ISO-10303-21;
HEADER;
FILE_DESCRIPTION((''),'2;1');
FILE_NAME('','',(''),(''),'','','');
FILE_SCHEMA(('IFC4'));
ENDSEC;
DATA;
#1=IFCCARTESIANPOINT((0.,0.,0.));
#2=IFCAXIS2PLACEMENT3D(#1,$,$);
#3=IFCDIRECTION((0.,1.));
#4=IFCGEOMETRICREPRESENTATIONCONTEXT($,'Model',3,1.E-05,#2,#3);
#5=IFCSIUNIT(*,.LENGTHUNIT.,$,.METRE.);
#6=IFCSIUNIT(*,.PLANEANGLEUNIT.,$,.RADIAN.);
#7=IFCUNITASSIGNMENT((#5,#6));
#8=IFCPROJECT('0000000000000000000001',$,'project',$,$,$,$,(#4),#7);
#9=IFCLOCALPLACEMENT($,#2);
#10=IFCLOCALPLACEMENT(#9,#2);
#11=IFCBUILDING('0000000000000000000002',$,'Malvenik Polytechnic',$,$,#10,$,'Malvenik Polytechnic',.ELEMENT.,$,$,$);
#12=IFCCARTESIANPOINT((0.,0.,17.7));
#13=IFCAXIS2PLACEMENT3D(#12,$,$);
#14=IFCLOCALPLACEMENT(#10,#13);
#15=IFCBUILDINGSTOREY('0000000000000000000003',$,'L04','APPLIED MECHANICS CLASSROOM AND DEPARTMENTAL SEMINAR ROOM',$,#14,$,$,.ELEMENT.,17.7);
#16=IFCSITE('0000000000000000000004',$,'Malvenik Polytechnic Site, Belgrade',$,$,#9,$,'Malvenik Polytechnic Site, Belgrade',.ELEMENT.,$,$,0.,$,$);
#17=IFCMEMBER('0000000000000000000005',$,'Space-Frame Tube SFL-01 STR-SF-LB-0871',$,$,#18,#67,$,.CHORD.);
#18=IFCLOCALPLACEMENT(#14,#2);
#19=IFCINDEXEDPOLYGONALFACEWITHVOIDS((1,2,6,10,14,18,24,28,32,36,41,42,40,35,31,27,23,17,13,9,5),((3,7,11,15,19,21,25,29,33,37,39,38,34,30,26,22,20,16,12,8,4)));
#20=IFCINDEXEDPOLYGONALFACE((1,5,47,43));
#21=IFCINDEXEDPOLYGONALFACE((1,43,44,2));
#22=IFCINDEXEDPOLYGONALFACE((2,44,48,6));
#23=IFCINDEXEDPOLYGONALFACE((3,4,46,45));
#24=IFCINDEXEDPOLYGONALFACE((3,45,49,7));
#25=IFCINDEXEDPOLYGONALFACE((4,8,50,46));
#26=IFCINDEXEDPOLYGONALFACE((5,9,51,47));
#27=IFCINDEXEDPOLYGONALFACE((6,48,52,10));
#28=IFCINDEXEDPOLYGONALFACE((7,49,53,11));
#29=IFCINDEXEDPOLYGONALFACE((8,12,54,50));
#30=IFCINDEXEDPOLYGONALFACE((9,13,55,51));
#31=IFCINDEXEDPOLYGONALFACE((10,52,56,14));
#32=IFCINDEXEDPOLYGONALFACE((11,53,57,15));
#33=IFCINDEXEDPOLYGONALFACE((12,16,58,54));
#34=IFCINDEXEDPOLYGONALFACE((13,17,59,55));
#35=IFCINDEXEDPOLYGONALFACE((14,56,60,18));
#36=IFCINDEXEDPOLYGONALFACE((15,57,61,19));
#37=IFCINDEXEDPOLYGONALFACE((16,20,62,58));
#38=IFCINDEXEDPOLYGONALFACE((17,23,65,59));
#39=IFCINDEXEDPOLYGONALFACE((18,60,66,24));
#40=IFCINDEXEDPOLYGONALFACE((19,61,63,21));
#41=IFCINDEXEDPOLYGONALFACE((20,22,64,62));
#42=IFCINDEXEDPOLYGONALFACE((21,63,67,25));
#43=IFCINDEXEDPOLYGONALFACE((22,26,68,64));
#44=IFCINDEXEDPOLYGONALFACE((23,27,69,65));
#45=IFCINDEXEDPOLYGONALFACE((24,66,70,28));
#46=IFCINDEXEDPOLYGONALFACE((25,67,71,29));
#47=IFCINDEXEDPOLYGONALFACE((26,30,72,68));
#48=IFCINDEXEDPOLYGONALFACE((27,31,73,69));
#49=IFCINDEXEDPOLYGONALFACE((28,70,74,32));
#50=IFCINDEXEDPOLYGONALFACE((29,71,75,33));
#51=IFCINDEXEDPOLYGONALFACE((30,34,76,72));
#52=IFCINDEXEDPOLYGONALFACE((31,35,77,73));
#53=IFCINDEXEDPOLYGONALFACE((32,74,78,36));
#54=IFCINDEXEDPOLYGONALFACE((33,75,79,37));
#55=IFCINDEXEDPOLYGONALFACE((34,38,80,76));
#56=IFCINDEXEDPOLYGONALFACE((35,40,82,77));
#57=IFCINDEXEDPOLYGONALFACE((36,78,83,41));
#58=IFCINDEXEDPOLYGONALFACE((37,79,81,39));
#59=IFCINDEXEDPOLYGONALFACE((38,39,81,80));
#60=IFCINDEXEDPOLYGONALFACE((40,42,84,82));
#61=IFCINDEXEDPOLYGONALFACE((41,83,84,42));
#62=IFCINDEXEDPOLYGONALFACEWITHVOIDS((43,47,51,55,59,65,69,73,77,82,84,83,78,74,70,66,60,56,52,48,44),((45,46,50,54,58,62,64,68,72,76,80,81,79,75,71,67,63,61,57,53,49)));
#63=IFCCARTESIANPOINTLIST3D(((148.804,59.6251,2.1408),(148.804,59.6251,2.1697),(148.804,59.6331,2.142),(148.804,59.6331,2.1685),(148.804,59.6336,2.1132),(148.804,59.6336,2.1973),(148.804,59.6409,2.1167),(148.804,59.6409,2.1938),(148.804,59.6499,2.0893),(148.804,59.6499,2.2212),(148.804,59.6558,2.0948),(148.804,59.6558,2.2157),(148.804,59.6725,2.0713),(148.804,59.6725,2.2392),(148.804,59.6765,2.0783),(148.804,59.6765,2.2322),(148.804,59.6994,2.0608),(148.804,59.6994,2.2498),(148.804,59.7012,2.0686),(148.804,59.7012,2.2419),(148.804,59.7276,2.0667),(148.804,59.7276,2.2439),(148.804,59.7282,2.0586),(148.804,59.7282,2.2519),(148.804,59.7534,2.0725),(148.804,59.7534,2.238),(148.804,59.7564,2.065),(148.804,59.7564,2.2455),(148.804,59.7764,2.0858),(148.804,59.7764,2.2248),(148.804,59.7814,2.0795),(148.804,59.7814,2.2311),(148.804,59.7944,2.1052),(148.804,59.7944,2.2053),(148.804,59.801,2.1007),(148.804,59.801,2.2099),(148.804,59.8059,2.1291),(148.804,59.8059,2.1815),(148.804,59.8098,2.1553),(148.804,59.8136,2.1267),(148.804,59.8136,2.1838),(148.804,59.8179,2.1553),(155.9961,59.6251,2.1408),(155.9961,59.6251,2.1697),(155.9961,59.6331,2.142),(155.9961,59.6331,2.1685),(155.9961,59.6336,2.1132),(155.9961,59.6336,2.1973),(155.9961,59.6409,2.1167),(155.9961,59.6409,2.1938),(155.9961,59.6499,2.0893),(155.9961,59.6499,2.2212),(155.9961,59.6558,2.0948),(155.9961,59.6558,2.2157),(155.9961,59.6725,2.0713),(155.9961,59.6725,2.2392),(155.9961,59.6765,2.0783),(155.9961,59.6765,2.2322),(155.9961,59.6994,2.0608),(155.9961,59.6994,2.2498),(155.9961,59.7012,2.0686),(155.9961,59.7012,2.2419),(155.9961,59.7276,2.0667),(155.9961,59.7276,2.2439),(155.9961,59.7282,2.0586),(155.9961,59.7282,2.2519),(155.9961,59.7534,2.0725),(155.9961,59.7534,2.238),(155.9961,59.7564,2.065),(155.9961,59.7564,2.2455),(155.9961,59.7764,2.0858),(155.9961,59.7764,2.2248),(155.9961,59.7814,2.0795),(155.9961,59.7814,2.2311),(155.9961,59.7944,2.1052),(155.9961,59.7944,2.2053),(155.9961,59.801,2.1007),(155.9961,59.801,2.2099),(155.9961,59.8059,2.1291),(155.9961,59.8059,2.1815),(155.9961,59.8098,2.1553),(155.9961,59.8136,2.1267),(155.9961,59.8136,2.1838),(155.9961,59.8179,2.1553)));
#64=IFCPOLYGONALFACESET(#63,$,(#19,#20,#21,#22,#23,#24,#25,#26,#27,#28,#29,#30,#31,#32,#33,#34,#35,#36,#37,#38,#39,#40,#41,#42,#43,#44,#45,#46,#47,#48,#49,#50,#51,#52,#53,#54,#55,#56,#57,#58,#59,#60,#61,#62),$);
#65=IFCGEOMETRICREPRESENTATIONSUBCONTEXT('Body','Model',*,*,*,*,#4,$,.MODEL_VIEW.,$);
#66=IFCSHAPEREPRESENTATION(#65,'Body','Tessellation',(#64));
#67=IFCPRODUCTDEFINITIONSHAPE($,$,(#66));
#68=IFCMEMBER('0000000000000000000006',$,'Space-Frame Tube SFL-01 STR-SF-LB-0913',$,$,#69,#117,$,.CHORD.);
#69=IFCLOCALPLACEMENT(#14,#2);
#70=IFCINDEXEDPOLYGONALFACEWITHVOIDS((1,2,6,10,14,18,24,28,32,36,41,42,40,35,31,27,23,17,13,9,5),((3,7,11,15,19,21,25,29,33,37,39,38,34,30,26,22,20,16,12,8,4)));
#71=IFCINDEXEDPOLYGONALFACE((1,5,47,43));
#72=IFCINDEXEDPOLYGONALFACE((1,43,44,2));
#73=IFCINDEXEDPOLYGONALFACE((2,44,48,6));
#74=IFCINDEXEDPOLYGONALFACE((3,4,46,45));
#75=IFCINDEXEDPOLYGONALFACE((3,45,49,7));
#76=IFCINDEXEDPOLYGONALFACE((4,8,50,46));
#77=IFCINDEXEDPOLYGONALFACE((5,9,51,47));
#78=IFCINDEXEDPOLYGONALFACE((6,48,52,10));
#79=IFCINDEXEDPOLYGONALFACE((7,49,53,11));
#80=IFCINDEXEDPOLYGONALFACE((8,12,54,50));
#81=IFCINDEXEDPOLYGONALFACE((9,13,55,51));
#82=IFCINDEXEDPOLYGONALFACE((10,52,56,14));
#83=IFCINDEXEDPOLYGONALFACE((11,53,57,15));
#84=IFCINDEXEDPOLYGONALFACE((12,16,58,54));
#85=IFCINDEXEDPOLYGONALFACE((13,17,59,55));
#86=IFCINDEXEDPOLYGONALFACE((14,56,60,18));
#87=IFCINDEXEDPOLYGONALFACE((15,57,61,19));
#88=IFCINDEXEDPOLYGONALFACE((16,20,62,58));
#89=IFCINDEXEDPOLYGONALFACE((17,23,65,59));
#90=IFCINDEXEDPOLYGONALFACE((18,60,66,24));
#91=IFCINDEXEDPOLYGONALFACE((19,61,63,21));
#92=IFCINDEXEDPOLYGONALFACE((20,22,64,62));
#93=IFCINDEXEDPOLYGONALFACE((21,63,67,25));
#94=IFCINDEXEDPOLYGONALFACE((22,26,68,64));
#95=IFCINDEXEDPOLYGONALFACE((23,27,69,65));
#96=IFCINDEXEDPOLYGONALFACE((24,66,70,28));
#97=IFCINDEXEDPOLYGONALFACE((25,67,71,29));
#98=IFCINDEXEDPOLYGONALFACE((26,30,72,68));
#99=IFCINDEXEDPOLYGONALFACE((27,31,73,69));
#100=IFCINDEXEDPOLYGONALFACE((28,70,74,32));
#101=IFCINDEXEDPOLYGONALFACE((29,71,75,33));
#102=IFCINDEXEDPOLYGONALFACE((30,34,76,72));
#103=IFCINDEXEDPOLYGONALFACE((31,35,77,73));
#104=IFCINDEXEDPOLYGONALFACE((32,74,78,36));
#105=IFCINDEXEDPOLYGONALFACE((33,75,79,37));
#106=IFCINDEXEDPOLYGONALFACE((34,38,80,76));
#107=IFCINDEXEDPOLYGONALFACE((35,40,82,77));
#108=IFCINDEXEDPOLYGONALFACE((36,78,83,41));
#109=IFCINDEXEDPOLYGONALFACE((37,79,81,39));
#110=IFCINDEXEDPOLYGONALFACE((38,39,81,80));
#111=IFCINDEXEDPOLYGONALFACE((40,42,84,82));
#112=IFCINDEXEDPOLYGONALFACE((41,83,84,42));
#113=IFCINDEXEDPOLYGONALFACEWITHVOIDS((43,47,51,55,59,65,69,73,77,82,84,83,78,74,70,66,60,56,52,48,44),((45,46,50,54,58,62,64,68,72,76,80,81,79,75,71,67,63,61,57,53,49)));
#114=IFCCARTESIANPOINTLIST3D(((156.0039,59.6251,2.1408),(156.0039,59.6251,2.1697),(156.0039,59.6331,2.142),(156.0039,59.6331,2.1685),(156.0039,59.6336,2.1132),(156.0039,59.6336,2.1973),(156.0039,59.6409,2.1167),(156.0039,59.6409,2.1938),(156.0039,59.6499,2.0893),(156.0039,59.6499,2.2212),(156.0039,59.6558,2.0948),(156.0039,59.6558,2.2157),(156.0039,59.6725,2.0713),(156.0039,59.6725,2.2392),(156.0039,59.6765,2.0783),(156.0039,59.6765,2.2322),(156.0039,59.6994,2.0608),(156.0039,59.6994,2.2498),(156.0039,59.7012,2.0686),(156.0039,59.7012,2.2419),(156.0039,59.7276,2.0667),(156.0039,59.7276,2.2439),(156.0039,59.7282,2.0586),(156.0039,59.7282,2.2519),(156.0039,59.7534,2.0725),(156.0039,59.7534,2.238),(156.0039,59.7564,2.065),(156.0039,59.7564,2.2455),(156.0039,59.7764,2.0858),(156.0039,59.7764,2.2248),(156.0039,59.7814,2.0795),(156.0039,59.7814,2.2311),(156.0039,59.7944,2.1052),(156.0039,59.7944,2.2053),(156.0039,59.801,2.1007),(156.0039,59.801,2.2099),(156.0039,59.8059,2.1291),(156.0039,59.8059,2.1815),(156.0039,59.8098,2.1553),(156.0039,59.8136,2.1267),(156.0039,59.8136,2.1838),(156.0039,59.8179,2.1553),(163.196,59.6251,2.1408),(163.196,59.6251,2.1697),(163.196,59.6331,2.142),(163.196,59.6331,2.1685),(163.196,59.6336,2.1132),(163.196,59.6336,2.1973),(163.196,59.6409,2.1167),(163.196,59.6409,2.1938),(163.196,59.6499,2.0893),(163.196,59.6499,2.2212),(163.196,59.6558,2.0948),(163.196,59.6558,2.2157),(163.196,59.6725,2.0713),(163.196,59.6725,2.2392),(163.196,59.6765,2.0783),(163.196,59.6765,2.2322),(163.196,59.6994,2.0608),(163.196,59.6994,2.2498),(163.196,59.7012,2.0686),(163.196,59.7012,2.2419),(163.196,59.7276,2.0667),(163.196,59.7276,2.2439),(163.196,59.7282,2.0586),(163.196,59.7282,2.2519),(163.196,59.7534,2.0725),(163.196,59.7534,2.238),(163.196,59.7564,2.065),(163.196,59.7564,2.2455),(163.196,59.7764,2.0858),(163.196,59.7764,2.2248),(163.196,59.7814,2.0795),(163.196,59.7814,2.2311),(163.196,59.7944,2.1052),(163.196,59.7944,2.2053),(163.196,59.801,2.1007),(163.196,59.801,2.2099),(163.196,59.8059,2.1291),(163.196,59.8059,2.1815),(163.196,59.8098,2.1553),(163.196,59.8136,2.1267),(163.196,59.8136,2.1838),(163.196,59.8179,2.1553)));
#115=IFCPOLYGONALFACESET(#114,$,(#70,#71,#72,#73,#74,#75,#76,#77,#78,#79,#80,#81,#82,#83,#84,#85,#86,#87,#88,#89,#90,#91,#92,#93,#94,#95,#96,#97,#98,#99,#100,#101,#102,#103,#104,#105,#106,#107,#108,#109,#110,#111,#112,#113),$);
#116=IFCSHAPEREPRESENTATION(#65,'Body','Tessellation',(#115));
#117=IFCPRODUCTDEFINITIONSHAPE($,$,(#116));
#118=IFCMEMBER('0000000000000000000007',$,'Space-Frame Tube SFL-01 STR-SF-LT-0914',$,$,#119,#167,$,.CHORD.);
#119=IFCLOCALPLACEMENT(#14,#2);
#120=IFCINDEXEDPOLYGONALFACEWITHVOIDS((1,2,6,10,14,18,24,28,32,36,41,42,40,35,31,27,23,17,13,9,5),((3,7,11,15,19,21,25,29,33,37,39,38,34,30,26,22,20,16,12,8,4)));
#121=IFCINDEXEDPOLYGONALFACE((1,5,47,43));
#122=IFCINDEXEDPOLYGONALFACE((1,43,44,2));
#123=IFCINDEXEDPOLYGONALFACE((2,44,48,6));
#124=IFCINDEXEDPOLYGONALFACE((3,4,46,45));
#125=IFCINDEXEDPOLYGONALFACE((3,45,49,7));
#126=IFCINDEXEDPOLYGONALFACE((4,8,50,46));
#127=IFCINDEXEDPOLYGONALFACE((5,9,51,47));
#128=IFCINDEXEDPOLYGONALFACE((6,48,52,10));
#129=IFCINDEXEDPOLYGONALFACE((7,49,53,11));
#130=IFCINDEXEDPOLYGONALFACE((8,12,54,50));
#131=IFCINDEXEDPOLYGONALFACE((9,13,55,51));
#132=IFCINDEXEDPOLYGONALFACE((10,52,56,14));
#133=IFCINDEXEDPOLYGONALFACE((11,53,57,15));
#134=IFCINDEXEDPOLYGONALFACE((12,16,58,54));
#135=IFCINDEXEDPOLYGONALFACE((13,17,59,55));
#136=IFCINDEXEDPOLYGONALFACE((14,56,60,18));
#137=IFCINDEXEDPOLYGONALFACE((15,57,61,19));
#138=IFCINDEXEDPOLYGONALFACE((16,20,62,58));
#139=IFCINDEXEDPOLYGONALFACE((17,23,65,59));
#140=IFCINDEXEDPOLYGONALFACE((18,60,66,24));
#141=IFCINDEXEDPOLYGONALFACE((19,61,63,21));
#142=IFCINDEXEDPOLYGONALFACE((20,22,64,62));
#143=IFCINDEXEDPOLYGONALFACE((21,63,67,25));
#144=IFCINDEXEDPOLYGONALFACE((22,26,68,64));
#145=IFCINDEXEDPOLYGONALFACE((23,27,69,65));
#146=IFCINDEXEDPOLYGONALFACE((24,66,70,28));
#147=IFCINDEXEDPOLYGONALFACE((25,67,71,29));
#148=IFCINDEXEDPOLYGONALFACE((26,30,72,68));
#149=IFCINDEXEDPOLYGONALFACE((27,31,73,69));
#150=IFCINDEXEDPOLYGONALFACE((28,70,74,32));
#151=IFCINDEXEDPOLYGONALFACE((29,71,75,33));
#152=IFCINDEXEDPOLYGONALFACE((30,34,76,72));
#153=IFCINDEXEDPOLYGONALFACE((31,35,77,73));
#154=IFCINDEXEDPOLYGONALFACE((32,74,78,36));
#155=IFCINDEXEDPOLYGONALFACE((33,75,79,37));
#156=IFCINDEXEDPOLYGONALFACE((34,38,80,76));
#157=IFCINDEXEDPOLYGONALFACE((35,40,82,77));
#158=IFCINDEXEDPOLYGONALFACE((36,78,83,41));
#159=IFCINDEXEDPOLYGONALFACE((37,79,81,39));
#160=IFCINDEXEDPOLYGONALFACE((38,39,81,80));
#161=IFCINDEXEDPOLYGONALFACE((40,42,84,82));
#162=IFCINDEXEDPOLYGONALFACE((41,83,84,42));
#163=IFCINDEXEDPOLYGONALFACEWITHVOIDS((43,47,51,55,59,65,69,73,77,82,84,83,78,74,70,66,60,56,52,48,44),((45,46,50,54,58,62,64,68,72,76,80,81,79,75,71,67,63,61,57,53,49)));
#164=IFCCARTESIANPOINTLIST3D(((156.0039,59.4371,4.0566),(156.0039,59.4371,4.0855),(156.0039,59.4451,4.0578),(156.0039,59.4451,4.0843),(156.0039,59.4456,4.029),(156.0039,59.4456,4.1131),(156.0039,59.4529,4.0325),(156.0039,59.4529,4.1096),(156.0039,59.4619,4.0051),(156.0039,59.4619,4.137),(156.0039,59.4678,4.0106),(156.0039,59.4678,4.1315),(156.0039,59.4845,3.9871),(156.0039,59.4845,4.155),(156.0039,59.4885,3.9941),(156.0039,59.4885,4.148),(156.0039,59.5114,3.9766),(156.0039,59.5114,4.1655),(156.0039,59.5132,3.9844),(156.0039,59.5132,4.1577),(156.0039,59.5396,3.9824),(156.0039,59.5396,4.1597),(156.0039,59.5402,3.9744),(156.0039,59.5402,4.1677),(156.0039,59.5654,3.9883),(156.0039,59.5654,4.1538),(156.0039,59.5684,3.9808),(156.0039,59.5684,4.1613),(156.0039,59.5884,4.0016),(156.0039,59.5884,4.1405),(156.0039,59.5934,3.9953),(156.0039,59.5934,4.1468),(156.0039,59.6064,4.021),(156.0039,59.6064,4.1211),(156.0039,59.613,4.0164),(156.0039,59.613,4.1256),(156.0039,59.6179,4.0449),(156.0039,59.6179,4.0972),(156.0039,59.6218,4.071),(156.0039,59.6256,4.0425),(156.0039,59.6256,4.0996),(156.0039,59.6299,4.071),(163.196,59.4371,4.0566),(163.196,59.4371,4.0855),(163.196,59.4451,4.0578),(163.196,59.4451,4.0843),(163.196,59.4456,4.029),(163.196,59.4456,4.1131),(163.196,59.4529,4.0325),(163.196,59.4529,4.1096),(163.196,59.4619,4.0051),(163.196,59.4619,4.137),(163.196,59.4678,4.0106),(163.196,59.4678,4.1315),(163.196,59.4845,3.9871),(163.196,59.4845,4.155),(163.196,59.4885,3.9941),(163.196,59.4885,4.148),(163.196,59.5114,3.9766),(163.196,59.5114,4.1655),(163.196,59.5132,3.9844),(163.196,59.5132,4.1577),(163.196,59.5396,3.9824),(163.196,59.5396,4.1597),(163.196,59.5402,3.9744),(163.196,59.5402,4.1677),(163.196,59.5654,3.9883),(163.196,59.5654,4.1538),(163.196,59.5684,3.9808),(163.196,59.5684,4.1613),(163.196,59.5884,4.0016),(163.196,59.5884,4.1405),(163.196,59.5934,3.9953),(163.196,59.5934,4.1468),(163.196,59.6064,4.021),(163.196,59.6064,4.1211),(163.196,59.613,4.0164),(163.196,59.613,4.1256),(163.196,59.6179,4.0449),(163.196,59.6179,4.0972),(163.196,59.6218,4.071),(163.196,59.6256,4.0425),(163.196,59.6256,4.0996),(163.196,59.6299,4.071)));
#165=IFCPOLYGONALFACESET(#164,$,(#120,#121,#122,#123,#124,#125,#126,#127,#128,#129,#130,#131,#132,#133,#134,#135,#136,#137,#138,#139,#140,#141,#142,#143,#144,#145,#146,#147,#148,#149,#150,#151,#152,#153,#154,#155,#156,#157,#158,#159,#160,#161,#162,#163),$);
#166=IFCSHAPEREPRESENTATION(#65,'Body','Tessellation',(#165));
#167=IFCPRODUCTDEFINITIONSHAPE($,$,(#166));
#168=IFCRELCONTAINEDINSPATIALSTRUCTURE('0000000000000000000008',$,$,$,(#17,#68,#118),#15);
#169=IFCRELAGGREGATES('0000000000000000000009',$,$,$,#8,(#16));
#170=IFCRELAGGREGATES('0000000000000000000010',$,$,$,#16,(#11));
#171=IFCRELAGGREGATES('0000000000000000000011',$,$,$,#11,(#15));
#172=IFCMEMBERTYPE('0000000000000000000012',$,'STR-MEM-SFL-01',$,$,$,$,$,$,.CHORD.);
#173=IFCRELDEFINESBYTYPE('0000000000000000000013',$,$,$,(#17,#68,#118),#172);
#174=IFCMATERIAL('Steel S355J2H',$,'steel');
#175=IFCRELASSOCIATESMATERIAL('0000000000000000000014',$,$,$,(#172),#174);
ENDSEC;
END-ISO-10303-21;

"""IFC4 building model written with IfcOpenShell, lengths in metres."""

from ifc_helpers import new_model, si_unit, direction, frame, origin, origin_2d, place, context, subcontext, project, spatial, hollow_circle, extrude, material, material_profile, profile_set, type_object, element, save


model = new_model("IFC4")

# Units and contexts
model_context = context("Model", 3, precision=1e-05, world=origin(), true_north=direction((0.0, 1.0)))
body_context = subcontext(model_context, "Body", "Model", "MODEL_VIEW")
ifc_project = project(units=[si_unit("LENGTHUNIT", "METRE"), si_unit("PLANEANGLEUNIT", "RADIAN")], contexts=[model_context])

# Site, building, storey
site_placement = place(None, origin())
site = spatial("IfcSite", under=ifc_project, at=site_placement, Name="Malvenik Polytechnic Site, Belgrade", LongName="Malvenik Polytechnic Site, Belgrade", CompositionType="ELEMENT", RefElevation=0.0)
building_placement = place(site_placement, origin())
building = spatial("IfcBuilding", under=site, at=building_placement, Name="Malvenik Polytechnic", LongName="Malvenik Polytechnic", CompositionType="ELEMENT")
storey_placement = place(building_placement, frame((0.0, 0.0, 17.7)))
storey = spatial("IfcBuildingStorey", under=building, at=storey_placement, Name="L04", Description="APPLIED MECHANICS CLASSROOM AND DEPARTMENTAL SEMINAR ROOM", CompositionType="ELEMENT", Elevation=17.7)

# Members
ifc_material = material(Name="Steel S355J2H", Category="steel")
ifc_material_profile_1 = material_profile(ifc_material, hollow_circle(Radius=0.0969, WallThickness=0.0081, at=origin_2d()), Name="CHS 193.7x8.0")
ifc_profile_set_1 = profile_set([ifc_material_profile_1], Name="Steel S355J2H")
member_type_1 = type_object("IfcMemberType", Name="STR-MEM-SFL-01", PredefinedType="CHORD", material=ifc_profile_set_1)
for number, where, z_axis, x_axis, name in (
    (1, (148.804, 59.7209, 2.1553), (1.0, 0.0, 0.0), (0.0, 1.0, 0.0), "Space-Frame Tube SFL-01 STR-SF-LB-0871"),
    (2, (156.0039, 59.7209, 2.1553), (1.0, 0.0, 0.0), (0.0, 1.0, 0.0), "Space-Frame Tube SFL-01 STR-SF-LB-0913"),
    (3, (156.0039, 59.533, 4.071), (1.0, 0.0, 0.0), (0.0, 1.0, 0.0), "Space-Frame Tube SFL-01 STR-SF-LT-0914"),
):
    element("IfcMember", number, at=place(storey_placement, frame(where, z_axis=z_axis, x_axis=x_axis)), inside=storey, type_object=member_type_1, Name=name, PredefinedType="CHORD", context=body_context, shape_type="SweptSolid", body=[
        extrude(hollow_circle(Radius=0.0969, WallThickness=0.0081, at=origin_2d()), origin(), (0.0, 0.0, 1.0), 7.1921),
    ])

save(model, "model.ifc")
